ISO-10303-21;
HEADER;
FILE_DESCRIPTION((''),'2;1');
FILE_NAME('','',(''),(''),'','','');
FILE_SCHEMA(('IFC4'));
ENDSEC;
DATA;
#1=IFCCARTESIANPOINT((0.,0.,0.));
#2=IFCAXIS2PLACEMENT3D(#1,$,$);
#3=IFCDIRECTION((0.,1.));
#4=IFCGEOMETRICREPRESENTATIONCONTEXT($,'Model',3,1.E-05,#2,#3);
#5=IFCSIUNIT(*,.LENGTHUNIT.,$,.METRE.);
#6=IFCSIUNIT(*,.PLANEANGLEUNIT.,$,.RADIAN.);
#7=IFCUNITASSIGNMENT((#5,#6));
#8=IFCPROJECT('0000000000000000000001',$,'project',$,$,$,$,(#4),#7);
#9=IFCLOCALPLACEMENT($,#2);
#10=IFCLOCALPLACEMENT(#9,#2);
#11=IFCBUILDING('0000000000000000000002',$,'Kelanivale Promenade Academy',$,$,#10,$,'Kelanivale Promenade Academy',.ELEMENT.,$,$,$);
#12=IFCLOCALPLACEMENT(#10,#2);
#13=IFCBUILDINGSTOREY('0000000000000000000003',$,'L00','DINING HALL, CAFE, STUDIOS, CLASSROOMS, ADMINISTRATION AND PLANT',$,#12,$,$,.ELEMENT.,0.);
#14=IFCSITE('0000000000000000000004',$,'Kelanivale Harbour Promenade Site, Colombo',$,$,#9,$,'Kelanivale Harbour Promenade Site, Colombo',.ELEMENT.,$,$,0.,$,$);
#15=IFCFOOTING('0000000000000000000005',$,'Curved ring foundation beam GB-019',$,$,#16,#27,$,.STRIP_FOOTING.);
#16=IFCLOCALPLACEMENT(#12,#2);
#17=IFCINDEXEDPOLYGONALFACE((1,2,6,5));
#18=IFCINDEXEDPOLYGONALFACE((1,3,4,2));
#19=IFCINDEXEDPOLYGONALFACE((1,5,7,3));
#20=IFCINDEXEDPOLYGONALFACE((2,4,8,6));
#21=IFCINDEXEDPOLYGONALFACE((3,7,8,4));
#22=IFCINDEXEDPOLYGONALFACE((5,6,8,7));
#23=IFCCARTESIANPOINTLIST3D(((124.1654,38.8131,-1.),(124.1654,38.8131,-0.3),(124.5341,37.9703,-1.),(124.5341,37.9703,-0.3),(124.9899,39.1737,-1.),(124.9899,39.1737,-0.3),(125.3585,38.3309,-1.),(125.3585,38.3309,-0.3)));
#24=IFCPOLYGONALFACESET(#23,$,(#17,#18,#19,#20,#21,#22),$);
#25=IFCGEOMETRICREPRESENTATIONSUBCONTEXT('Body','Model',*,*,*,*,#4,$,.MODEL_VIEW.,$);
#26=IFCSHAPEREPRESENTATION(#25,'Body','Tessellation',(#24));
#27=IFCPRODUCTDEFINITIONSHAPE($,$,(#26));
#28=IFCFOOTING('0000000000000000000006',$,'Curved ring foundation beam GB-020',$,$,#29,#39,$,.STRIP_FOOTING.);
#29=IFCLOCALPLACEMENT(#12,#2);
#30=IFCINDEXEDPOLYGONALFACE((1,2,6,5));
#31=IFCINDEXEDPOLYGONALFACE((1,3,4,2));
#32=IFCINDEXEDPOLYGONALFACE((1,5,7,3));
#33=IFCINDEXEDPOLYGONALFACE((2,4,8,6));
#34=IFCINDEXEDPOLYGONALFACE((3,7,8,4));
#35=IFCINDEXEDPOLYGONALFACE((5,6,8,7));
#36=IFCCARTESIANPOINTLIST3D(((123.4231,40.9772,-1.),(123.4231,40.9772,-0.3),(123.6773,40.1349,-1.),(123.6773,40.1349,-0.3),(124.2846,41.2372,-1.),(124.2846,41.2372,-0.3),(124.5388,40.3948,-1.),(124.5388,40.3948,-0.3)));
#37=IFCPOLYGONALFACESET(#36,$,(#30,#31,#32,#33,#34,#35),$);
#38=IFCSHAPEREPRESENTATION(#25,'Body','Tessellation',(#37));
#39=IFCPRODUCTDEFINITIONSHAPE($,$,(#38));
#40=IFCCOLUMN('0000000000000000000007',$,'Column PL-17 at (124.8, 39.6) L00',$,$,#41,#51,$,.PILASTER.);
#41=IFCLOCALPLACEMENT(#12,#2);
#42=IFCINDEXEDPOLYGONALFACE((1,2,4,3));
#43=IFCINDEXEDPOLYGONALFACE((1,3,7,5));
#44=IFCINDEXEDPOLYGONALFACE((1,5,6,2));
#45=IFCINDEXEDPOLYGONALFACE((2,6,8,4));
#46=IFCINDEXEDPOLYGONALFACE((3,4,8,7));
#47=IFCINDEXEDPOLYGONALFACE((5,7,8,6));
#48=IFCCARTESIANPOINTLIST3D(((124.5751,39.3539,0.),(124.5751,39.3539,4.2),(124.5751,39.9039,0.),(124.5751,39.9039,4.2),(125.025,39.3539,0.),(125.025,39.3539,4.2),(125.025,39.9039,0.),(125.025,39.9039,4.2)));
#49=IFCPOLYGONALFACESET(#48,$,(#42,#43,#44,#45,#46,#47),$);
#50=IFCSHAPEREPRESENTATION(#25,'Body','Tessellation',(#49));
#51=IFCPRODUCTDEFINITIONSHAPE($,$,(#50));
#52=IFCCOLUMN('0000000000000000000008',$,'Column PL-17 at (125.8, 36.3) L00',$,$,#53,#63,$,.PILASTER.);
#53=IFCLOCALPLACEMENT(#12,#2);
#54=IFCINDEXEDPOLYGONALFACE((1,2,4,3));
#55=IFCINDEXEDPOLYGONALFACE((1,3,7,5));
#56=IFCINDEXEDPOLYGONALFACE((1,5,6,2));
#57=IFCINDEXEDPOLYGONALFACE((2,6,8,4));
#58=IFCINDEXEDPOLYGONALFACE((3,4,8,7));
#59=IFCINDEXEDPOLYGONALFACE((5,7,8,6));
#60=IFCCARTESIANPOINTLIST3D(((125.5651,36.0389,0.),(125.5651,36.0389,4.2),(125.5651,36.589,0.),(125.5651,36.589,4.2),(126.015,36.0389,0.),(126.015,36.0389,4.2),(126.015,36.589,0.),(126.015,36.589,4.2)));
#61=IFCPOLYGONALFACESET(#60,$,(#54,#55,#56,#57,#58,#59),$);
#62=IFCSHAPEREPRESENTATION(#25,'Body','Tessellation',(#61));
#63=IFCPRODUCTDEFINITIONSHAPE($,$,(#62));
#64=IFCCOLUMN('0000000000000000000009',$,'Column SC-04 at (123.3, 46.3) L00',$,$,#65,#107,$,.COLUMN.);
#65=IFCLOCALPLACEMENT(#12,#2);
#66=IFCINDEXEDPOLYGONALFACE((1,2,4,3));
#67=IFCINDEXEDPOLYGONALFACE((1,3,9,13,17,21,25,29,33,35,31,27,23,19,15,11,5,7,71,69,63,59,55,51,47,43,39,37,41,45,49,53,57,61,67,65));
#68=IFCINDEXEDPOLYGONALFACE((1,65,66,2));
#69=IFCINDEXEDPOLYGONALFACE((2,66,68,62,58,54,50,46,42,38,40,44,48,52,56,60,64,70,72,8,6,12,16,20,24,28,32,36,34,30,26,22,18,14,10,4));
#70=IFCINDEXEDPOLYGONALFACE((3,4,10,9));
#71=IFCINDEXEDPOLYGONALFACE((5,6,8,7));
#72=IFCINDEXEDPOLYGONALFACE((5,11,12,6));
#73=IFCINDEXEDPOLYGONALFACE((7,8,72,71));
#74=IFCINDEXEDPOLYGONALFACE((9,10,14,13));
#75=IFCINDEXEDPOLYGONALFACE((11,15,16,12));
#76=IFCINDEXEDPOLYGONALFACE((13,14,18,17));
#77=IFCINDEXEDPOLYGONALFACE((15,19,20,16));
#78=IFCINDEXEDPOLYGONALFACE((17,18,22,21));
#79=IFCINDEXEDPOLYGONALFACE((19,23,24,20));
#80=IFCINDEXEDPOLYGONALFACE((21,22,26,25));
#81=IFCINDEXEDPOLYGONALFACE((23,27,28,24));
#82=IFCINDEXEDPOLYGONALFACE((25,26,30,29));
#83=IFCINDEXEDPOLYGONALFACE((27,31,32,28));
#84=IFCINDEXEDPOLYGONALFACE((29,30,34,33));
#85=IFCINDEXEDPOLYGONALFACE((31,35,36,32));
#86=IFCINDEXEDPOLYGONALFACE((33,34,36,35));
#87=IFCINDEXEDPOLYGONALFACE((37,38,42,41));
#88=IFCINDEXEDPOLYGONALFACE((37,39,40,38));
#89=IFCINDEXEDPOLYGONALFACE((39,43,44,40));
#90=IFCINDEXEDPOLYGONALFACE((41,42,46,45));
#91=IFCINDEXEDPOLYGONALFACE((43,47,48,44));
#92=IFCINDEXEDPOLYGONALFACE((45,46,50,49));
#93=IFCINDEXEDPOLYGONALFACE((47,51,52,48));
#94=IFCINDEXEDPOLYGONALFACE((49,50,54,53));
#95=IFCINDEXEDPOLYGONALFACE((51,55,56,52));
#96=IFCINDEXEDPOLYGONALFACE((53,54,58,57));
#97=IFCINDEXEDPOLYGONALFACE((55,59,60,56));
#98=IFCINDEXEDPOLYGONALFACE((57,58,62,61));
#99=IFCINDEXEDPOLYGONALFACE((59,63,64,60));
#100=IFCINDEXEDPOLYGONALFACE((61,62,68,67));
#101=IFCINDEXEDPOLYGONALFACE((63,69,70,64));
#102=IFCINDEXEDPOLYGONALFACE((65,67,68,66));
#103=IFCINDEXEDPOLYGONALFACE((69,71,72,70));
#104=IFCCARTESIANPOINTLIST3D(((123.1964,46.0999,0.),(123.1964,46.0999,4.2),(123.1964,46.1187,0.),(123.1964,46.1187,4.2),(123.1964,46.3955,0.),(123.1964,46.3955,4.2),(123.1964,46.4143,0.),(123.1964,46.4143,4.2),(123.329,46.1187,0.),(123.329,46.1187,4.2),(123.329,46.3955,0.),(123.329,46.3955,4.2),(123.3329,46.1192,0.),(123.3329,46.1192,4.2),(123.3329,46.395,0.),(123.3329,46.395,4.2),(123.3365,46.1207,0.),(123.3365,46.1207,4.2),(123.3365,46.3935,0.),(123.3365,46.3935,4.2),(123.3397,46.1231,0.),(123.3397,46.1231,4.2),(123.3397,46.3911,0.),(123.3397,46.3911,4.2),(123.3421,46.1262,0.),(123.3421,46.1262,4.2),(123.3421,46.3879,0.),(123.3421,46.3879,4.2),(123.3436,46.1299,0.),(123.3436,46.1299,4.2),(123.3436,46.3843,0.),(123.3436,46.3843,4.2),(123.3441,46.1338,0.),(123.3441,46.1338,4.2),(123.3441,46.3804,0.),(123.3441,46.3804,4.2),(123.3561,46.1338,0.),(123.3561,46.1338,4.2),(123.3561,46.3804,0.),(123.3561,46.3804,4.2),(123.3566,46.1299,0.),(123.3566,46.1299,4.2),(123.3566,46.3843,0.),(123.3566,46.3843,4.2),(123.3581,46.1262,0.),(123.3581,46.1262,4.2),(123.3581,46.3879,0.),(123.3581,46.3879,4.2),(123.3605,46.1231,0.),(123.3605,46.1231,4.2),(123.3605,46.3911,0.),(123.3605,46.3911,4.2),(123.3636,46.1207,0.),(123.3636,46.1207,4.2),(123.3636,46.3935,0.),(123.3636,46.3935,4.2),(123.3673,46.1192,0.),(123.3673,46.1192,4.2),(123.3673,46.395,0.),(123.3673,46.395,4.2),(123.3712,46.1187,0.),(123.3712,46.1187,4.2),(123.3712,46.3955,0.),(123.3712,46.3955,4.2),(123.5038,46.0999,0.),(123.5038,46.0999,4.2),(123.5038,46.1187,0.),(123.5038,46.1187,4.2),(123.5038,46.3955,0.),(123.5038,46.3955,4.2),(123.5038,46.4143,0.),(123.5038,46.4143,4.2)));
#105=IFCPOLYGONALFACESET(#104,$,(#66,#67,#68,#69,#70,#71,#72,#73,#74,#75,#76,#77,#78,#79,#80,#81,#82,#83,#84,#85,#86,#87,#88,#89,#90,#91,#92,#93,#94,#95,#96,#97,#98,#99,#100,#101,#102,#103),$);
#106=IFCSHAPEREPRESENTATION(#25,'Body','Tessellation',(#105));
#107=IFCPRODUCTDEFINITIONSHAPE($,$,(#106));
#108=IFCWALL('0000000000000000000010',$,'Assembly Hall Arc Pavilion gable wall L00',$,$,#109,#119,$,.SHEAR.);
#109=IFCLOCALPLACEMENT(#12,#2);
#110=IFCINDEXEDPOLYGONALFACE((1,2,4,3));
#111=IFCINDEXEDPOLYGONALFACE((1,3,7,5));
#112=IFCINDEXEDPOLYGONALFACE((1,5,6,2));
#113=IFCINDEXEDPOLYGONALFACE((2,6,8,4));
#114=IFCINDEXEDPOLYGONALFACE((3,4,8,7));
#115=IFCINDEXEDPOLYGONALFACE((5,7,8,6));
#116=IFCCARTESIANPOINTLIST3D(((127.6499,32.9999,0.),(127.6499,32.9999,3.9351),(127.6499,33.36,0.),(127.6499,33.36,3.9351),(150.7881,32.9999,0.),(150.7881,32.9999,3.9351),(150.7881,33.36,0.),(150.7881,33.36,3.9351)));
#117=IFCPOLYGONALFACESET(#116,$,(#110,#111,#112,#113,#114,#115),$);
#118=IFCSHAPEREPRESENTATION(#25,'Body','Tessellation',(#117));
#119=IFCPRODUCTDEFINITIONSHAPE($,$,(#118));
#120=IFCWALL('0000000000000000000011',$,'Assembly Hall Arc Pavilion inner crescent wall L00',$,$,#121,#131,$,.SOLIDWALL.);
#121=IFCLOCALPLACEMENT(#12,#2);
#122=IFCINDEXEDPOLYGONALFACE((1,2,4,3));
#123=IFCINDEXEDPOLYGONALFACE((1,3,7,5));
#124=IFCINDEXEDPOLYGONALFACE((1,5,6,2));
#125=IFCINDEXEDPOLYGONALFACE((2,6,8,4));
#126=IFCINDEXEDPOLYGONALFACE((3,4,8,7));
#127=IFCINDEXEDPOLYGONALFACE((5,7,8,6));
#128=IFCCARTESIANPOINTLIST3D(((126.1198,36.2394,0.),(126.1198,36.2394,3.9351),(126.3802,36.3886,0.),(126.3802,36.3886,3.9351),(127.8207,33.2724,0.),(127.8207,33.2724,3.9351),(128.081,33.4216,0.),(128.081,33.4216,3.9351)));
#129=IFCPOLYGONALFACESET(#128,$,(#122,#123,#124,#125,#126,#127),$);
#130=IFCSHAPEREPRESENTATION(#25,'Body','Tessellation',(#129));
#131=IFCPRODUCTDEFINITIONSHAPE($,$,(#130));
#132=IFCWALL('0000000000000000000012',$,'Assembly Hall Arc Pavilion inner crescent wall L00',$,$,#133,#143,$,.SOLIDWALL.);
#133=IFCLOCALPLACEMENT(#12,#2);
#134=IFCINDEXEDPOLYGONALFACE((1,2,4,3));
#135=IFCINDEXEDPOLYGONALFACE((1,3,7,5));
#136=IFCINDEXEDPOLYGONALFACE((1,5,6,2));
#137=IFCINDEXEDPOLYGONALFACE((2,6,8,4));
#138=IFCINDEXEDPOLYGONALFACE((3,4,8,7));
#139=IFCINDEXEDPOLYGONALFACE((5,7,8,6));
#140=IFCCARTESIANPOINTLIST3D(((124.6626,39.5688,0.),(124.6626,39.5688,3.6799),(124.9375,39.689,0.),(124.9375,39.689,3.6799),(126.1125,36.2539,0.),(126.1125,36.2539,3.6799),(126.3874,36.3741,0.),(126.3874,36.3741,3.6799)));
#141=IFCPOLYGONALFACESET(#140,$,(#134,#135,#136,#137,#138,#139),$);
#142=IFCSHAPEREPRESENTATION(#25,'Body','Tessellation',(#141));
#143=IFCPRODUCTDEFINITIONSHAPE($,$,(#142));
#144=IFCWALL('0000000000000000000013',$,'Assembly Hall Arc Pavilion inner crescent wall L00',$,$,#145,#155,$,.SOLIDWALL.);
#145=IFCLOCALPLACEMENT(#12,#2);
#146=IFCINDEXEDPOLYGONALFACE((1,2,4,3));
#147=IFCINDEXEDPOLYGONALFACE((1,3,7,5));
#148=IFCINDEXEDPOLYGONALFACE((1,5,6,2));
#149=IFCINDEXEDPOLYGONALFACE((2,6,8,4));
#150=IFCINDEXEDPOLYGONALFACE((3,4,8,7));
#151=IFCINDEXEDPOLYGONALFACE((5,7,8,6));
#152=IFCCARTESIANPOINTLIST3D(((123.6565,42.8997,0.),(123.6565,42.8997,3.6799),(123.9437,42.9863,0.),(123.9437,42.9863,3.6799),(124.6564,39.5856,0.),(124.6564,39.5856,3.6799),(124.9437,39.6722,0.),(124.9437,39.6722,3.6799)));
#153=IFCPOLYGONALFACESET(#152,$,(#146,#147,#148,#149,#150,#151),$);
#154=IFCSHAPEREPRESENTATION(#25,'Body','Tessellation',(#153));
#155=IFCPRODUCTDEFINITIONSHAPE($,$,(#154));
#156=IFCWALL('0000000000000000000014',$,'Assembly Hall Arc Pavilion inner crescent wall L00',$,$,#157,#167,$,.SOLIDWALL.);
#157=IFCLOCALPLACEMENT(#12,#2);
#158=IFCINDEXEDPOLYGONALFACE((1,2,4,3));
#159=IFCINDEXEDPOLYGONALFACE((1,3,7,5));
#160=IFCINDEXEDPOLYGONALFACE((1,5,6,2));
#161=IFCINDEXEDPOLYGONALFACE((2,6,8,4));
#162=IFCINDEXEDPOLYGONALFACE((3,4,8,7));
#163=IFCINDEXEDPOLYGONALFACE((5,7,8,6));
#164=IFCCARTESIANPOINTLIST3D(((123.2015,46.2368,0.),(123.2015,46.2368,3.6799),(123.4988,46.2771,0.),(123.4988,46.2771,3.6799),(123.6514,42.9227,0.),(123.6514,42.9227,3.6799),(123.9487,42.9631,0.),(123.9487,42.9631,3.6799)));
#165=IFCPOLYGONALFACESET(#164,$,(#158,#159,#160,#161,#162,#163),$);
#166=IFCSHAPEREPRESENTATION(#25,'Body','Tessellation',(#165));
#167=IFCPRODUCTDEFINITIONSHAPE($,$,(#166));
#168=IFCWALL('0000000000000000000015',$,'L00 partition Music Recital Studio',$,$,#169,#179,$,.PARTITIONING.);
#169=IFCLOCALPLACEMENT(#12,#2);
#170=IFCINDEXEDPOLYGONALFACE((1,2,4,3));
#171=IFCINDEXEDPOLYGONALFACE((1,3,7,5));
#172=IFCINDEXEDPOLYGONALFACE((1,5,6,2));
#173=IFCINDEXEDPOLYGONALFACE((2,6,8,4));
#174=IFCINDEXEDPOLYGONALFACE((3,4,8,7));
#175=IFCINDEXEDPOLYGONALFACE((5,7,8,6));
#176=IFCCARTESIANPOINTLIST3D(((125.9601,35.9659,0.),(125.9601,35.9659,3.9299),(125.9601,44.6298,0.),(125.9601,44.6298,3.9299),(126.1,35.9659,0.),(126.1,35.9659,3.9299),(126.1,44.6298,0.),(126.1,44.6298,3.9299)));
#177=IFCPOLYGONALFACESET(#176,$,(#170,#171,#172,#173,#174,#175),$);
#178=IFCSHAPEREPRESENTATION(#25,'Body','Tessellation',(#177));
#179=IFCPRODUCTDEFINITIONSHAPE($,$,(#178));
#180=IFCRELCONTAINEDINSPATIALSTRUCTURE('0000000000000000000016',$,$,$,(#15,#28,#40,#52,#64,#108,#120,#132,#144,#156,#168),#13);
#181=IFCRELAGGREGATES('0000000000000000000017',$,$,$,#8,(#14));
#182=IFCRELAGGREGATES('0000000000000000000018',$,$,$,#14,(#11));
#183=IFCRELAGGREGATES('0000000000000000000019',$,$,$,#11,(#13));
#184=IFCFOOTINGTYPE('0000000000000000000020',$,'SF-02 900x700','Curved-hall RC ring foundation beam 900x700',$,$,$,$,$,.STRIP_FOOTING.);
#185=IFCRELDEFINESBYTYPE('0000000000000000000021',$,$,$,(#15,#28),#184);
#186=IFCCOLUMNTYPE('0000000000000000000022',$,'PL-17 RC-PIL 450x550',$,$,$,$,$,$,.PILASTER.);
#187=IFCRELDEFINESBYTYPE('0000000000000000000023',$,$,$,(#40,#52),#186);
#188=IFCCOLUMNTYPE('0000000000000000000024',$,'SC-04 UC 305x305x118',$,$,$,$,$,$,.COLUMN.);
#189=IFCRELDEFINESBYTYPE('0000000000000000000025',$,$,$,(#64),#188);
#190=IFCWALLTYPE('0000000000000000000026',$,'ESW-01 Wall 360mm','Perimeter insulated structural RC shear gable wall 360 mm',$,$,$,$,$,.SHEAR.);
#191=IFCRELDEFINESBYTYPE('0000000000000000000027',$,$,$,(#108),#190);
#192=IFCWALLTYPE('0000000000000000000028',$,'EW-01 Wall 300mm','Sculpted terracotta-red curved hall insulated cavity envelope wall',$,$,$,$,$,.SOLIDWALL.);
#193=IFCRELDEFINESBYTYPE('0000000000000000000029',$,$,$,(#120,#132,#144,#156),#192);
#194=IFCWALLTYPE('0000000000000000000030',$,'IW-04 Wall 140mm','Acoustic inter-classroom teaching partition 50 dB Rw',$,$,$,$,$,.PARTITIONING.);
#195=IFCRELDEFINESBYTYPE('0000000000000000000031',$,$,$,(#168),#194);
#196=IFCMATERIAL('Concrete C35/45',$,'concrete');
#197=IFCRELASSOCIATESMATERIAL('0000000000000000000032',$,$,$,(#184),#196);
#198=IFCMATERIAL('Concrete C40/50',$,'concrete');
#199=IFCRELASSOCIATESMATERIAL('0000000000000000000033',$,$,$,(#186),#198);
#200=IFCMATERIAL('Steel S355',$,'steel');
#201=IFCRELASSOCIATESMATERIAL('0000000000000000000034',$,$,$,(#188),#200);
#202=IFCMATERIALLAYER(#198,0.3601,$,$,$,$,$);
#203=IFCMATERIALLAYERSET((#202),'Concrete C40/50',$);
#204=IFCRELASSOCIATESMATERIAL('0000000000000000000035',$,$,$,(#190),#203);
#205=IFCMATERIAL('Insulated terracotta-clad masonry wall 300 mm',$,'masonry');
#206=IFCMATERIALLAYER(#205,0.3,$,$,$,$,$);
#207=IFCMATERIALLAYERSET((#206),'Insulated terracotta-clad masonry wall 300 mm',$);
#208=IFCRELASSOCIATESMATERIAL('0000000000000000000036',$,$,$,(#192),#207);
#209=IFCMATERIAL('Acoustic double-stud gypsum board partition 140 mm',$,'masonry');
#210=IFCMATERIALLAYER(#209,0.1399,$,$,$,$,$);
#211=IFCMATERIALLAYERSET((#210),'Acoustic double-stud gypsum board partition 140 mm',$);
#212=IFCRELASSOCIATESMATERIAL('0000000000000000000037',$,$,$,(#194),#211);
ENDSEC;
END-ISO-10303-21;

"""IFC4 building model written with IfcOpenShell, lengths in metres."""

from ifc_helpers import new_model, si_unit, direction, frame, frame_2d, origin, origin_2d, place, context, subcontext, project, spatial, rectangle, i_section, extrude, material, layer, layer_set, material_profile, profile_set, type_object, element, save


model = new_model("IFC4")

# Units and contexts
model_context = context("Model", 3, precision=1e-05, world=origin(), true_north=direction((0.0, 1.0)))
body_context = subcontext(model_context, "Body", "Model", "MODEL_VIEW")
ifc_project = project(units=[si_unit("LENGTHUNIT", "METRE"), si_unit("PLANEANGLEUNIT", "RADIAN")], contexts=[model_context])

# Site, building, storey
site_placement = place(None, origin())
site = spatial("IfcSite", under=ifc_project, at=site_placement, Name="Kelanivale Harbour Promenade Site, Colombo", LongName="Kelanivale Harbour Promenade Site, Colombo", CompositionType="ELEMENT", RefElevation=0.0)
building_placement = place(site_placement, origin())
building = spatial("IfcBuilding", under=site, at=building_placement, Name="Kelanivale Promenade Academy", LongName="Kelanivale Promenade Academy", CompositionType="ELEMENT")
storey_placement = place(building_placement, origin())
storey = spatial("IfcBuildingStorey", under=building, at=storey_placement, Name="L00", Description="DINING HALL, CAFE, STUDIOS, CLASSROOMS, ADMINISTRATION AND PLANT", CompositionType="ELEMENT", Elevation=0.0)

# Shared definitions
ifc_material_1 = material(Name="Concrete C35/45", Category="concrete")

# Footings
footing_type_1 = type_object("IfcFootingType", Name="SF-02 900x700", Description="Curved-hall RC ring foundation beam 900x700", PredefinedType="STRIP_FOOTING", material=ifc_material_1)
footing_1_placement = place(storey_placement, frame((124.762, 38.572, -1.0), z_axis=(0.0, 0.0, 1.0), x_axis=(-0.400749, 0.916188, 0.0)))
element("IfcFooting", 1, at=footing_1_placement, inside=storey, type_object=footing_type_1, Name="Curved ring foundation beam GB-019", PredefinedType="STRIP_FOOTING", context=body_context, shape_type="SweptSolid", body=[
    extrude(rectangle(XDim=0.9199, YDim=0.8999, at=origin_2d()), origin(), (0.0, 0.0, 1.0), 0.7),
])
footing_2_placement = place(storey_placement, frame((123.981, 40.686, -1.0), z_axis=(0.0, 0.0, 1.0), x_axis=(-0.288881, 0.957365, 0.0)))
element("IfcFooting", 2, at=footing_2_placement, inside=storey, type_object=footing_type_1, Name="Curved ring foundation beam GB-020", PredefinedType="STRIP_FOOTING", context=body_context, shape_type="SweptSolid", body=[
    extrude(rectangle(XDim=0.8799, YDim=0.8999, at=origin_2d()), origin(), (0.0, 0.0, 1.0), 0.7),
])

# Columns
ifc_material_2 = material(Name="Concrete C40/50", Category="concrete")
ifc_material_profile_1 = material_profile(ifc_material_2, rectangle(XDim=0.45, YDim=0.55, at=origin_2d()), Name="RC-PIL 450x550")
ifc_profile_set_1 = profile_set([ifc_material_profile_1], Name="Concrete C40/50")
column_type_1 = type_object("IfcColumnType", Name="PL-17 RC-PIL 450x550", PredefinedType="PILASTER", material=ifc_profile_set_1)
for number, where, z_axis, x_axis, name in (
    (3, (124.8, 39.6289, 0.0), (0.0, 0.0, 1.0), (1.0, 0.0, 0.0), "Column PL-17 at (124.8, 39.6) L00"),
    (4, (125.79, 36.314, 0.0), (0.0, 0.0, 1.0), (1.0, 0.0, 0.0), "Column PL-17 at (125.8, 36.3) L00"),
):
    element("IfcColumn", number, at=place(storey_placement, frame(where, z_axis=z_axis, x_axis=x_axis)), inside=storey, type_object=column_type_1, Name=name, PredefinedType="PILASTER", context=body_context, shape_type="SweptSolid", body=[
        extrude(rectangle(XDim=0.45, YDim=0.55, at=origin_2d()), origin(), (0.0, 0.0, 1.0), 4.2),
    ])
ifc_material_3 = material(Name="Steel S355", Category="steel")
ifc_material_profile_2 = material_profile(ifc_material_3, i_section(OverallWidth=0.3074, OverallDepth=0.3145, WebThickness=0.012, FlangeThickness=0.0188, FilletRadius=0.0151, at=origin_2d()), Name="UC 305x305x118")
ifc_profile_set_2 = profile_set([ifc_material_profile_2], Name="Steel S355")
column_type_2 = type_object("IfcColumnType", Name="SC-04 UC 305x305x118", PredefinedType="COLUMN", material=ifc_profile_set_2)
column_placement = place(storey_placement, frame((123.3501, 46.2571, 0.0), z_axis=(0.0, 0.0, 1.0), x_axis=(1.0, 0.0, 0.0)))
element("IfcColumn", 5, at=column_placement, inside=storey, type_object=column_type_2, Name="Column SC-04 at (123.3, 46.3) L00", PredefinedType="COLUMN", context=body_context, shape_type="SweptSolid", body=[
    extrude(i_section(OverallWidth=0.3074, OverallDepth=0.3145, WebThickness=0.012, FlangeThickness=0.0188, FilletRadius=0.0151, at=origin_2d()), origin(), (0.0, 0.0, 1.0), 4.2),
])

# Walls
ifc_layer_1 = layer(ifc_material_2, 0.3601)
ifc_layer_set_1 = layer_set([ifc_layer_1], Name="Concrete C40/50")
wall_type_1 = type_object("IfcWallType", Name="ESW-01 Wall 360mm", Description="Perimeter insulated structural RC shear gable wall 360 mm", PredefinedType="SHEAR", material=ifc_layer_set_1)
wall_1_placement = place(storey_placement, frame((127.6499, 33.1799, 0.0), z_axis=(0.0, 0.0, 1.0), x_axis=(1.0, 0.0, 0.0)))
element("IfcWall", 6, at=wall_1_placement, inside=storey, type_object=wall_type_1, Name="Assembly Hall Arc Pavilion gable wall L00", PredefinedType="SHEAR", context=body_context, shape_type="SweptSolid", body=[
    extrude(rectangle(XDim=23.1382, YDim=0.3601, at=frame_2d((11.5691, 0.0))), origin(), (0.0, 0.0, 1.0), 3.9351),
])
ifc_material_4 = material(Name="Insulated terracotta-clad masonry wall 300 mm", Category="masonry")
ifc_layer_2 = layer(ifc_material_4, 0.3)
ifc_layer_set_2 = layer_set([ifc_layer_2], Name="Insulated terracotta-clad masonry wall 300 mm")
wall_type_2 = type_object("IfcWallType", Name="EW-01 Wall 300mm", Description="Sculpted terracotta-red curved hall insulated cavity envelope wall", PredefinedType="SOLIDWALL", material=ifc_layer_set_2)
wall_2_placement = place(storey_placement, frame((126.25, 36.314, 0.0), z_axis=(0.0, 0.0, 1.0), x_axis=(0.497345, -0.867553, 0.0)))
element("IfcWall", 7, at=wall_2_placement, inside=storey, type_object=wall_type_2, Name="Assembly Hall Arc Pavilion inner crescent wall L00", PredefinedType="SOLIDWALL", context=body_context, shape_type="SweptSolid", body=[
    extrude(rectangle(XDim=3.4199, YDim=0.3, at=frame_2d((1.71, 0.0))), origin(), (0.0, 0.0, 1.0), 3.9351),
])
wall_3_placement = place(storey_placement, frame((124.8, 39.6289, 0.0), z_axis=(0.0, 0.0, 1.0), x_axis=(0.400741, -0.916191, 0.0)))
element("IfcWall", 8, at=wall_3_placement, inside=storey, type_object=wall_type_2, Name="Assembly Hall Arc Pavilion inner crescent wall L00", PredefinedType="SOLIDWALL", context=body_context, shape_type="SweptSolid", body=[
    extrude(rectangle(XDim=3.6182, YDim=0.3, at=frame_2d((1.8091, 0.0))), origin(), (0.0, 0.0, 1.0), 3.6799),
])
wall_4_placement = place(storey_placement, frame((123.8, 42.9431, 0.0), z_axis=(0.0, 0.0, 1.0), x_axis=(0.288868, -0.957369, 0.0)))
element("IfcWall", 9, at=wall_4_placement, inside=storey, type_object=wall_type_2, Name="Assembly Hall Arc Pavilion inner crescent wall L00", PredefinedType="SOLIDWALL", context=body_context, shape_type="SweptSolid", body=[
    extrude(rectangle(XDim=3.4617, YDim=0.3, at=frame_2d((1.731, 0.0))), origin(), (0.0, 0.0, 1.0), 3.6799),
])
wall_5_placement = place(storey_placement, frame((123.3501, 46.2571, 0.0), z_axis=(0.0, 0.0, 1.0), x_axis=(0.13454, -0.990908, 0.0)))
element("IfcWall", 10, at=wall_5_placement, inside=storey, type_object=wall_type_2, Name="Assembly Hall Arc Pavilion inner crescent wall L00", PredefinedType="SOLIDWALL", context=body_context, shape_type="SweptSolid", body=[
    extrude(rectangle(XDim=3.3445, YDim=0.3, at=frame_2d((1.6724, 0.0))), origin(), (0.0, 0.0, 1.0), 3.6799),
])
ifc_material_5 = material(Name="Acoustic double-stud gypsum board partition 140 mm", Category="masonry")
ifc_layer_3 = layer(ifc_material_5, 0.1399)
ifc_layer_set_3 = layer_set([ifc_layer_3], Name="Acoustic double-stud gypsum board partition 140 mm")
wall_type_3 = type_object("IfcWallType", Name="IW-04 Wall 140mm", Description="Acoustic inter-classroom teaching partition 50 dB Rw", PredefinedType="PARTITIONING", material=ifc_layer_set_3)
wall_6_placement = place(storey_placement, frame((126.03, 44.6299, 0.0), z_axis=(0.0, 0.0, 1.0), x_axis=(0.0, -1.0, 0.0)))
element("IfcWall", 11, at=wall_6_placement, inside=storey, type_object=wall_type_3, Name="L00 partition Music Recital Studio", PredefinedType="PARTITIONING", context=body_context, shape_type="SweptSolid", body=[
    extrude(rectangle(XDim=8.6638, YDim=0.1399, at=frame_2d((4.332, 0.0))), origin(), (0.0, 0.0, 1.0), 3.9299),
])

save(model, "model.ifc")
